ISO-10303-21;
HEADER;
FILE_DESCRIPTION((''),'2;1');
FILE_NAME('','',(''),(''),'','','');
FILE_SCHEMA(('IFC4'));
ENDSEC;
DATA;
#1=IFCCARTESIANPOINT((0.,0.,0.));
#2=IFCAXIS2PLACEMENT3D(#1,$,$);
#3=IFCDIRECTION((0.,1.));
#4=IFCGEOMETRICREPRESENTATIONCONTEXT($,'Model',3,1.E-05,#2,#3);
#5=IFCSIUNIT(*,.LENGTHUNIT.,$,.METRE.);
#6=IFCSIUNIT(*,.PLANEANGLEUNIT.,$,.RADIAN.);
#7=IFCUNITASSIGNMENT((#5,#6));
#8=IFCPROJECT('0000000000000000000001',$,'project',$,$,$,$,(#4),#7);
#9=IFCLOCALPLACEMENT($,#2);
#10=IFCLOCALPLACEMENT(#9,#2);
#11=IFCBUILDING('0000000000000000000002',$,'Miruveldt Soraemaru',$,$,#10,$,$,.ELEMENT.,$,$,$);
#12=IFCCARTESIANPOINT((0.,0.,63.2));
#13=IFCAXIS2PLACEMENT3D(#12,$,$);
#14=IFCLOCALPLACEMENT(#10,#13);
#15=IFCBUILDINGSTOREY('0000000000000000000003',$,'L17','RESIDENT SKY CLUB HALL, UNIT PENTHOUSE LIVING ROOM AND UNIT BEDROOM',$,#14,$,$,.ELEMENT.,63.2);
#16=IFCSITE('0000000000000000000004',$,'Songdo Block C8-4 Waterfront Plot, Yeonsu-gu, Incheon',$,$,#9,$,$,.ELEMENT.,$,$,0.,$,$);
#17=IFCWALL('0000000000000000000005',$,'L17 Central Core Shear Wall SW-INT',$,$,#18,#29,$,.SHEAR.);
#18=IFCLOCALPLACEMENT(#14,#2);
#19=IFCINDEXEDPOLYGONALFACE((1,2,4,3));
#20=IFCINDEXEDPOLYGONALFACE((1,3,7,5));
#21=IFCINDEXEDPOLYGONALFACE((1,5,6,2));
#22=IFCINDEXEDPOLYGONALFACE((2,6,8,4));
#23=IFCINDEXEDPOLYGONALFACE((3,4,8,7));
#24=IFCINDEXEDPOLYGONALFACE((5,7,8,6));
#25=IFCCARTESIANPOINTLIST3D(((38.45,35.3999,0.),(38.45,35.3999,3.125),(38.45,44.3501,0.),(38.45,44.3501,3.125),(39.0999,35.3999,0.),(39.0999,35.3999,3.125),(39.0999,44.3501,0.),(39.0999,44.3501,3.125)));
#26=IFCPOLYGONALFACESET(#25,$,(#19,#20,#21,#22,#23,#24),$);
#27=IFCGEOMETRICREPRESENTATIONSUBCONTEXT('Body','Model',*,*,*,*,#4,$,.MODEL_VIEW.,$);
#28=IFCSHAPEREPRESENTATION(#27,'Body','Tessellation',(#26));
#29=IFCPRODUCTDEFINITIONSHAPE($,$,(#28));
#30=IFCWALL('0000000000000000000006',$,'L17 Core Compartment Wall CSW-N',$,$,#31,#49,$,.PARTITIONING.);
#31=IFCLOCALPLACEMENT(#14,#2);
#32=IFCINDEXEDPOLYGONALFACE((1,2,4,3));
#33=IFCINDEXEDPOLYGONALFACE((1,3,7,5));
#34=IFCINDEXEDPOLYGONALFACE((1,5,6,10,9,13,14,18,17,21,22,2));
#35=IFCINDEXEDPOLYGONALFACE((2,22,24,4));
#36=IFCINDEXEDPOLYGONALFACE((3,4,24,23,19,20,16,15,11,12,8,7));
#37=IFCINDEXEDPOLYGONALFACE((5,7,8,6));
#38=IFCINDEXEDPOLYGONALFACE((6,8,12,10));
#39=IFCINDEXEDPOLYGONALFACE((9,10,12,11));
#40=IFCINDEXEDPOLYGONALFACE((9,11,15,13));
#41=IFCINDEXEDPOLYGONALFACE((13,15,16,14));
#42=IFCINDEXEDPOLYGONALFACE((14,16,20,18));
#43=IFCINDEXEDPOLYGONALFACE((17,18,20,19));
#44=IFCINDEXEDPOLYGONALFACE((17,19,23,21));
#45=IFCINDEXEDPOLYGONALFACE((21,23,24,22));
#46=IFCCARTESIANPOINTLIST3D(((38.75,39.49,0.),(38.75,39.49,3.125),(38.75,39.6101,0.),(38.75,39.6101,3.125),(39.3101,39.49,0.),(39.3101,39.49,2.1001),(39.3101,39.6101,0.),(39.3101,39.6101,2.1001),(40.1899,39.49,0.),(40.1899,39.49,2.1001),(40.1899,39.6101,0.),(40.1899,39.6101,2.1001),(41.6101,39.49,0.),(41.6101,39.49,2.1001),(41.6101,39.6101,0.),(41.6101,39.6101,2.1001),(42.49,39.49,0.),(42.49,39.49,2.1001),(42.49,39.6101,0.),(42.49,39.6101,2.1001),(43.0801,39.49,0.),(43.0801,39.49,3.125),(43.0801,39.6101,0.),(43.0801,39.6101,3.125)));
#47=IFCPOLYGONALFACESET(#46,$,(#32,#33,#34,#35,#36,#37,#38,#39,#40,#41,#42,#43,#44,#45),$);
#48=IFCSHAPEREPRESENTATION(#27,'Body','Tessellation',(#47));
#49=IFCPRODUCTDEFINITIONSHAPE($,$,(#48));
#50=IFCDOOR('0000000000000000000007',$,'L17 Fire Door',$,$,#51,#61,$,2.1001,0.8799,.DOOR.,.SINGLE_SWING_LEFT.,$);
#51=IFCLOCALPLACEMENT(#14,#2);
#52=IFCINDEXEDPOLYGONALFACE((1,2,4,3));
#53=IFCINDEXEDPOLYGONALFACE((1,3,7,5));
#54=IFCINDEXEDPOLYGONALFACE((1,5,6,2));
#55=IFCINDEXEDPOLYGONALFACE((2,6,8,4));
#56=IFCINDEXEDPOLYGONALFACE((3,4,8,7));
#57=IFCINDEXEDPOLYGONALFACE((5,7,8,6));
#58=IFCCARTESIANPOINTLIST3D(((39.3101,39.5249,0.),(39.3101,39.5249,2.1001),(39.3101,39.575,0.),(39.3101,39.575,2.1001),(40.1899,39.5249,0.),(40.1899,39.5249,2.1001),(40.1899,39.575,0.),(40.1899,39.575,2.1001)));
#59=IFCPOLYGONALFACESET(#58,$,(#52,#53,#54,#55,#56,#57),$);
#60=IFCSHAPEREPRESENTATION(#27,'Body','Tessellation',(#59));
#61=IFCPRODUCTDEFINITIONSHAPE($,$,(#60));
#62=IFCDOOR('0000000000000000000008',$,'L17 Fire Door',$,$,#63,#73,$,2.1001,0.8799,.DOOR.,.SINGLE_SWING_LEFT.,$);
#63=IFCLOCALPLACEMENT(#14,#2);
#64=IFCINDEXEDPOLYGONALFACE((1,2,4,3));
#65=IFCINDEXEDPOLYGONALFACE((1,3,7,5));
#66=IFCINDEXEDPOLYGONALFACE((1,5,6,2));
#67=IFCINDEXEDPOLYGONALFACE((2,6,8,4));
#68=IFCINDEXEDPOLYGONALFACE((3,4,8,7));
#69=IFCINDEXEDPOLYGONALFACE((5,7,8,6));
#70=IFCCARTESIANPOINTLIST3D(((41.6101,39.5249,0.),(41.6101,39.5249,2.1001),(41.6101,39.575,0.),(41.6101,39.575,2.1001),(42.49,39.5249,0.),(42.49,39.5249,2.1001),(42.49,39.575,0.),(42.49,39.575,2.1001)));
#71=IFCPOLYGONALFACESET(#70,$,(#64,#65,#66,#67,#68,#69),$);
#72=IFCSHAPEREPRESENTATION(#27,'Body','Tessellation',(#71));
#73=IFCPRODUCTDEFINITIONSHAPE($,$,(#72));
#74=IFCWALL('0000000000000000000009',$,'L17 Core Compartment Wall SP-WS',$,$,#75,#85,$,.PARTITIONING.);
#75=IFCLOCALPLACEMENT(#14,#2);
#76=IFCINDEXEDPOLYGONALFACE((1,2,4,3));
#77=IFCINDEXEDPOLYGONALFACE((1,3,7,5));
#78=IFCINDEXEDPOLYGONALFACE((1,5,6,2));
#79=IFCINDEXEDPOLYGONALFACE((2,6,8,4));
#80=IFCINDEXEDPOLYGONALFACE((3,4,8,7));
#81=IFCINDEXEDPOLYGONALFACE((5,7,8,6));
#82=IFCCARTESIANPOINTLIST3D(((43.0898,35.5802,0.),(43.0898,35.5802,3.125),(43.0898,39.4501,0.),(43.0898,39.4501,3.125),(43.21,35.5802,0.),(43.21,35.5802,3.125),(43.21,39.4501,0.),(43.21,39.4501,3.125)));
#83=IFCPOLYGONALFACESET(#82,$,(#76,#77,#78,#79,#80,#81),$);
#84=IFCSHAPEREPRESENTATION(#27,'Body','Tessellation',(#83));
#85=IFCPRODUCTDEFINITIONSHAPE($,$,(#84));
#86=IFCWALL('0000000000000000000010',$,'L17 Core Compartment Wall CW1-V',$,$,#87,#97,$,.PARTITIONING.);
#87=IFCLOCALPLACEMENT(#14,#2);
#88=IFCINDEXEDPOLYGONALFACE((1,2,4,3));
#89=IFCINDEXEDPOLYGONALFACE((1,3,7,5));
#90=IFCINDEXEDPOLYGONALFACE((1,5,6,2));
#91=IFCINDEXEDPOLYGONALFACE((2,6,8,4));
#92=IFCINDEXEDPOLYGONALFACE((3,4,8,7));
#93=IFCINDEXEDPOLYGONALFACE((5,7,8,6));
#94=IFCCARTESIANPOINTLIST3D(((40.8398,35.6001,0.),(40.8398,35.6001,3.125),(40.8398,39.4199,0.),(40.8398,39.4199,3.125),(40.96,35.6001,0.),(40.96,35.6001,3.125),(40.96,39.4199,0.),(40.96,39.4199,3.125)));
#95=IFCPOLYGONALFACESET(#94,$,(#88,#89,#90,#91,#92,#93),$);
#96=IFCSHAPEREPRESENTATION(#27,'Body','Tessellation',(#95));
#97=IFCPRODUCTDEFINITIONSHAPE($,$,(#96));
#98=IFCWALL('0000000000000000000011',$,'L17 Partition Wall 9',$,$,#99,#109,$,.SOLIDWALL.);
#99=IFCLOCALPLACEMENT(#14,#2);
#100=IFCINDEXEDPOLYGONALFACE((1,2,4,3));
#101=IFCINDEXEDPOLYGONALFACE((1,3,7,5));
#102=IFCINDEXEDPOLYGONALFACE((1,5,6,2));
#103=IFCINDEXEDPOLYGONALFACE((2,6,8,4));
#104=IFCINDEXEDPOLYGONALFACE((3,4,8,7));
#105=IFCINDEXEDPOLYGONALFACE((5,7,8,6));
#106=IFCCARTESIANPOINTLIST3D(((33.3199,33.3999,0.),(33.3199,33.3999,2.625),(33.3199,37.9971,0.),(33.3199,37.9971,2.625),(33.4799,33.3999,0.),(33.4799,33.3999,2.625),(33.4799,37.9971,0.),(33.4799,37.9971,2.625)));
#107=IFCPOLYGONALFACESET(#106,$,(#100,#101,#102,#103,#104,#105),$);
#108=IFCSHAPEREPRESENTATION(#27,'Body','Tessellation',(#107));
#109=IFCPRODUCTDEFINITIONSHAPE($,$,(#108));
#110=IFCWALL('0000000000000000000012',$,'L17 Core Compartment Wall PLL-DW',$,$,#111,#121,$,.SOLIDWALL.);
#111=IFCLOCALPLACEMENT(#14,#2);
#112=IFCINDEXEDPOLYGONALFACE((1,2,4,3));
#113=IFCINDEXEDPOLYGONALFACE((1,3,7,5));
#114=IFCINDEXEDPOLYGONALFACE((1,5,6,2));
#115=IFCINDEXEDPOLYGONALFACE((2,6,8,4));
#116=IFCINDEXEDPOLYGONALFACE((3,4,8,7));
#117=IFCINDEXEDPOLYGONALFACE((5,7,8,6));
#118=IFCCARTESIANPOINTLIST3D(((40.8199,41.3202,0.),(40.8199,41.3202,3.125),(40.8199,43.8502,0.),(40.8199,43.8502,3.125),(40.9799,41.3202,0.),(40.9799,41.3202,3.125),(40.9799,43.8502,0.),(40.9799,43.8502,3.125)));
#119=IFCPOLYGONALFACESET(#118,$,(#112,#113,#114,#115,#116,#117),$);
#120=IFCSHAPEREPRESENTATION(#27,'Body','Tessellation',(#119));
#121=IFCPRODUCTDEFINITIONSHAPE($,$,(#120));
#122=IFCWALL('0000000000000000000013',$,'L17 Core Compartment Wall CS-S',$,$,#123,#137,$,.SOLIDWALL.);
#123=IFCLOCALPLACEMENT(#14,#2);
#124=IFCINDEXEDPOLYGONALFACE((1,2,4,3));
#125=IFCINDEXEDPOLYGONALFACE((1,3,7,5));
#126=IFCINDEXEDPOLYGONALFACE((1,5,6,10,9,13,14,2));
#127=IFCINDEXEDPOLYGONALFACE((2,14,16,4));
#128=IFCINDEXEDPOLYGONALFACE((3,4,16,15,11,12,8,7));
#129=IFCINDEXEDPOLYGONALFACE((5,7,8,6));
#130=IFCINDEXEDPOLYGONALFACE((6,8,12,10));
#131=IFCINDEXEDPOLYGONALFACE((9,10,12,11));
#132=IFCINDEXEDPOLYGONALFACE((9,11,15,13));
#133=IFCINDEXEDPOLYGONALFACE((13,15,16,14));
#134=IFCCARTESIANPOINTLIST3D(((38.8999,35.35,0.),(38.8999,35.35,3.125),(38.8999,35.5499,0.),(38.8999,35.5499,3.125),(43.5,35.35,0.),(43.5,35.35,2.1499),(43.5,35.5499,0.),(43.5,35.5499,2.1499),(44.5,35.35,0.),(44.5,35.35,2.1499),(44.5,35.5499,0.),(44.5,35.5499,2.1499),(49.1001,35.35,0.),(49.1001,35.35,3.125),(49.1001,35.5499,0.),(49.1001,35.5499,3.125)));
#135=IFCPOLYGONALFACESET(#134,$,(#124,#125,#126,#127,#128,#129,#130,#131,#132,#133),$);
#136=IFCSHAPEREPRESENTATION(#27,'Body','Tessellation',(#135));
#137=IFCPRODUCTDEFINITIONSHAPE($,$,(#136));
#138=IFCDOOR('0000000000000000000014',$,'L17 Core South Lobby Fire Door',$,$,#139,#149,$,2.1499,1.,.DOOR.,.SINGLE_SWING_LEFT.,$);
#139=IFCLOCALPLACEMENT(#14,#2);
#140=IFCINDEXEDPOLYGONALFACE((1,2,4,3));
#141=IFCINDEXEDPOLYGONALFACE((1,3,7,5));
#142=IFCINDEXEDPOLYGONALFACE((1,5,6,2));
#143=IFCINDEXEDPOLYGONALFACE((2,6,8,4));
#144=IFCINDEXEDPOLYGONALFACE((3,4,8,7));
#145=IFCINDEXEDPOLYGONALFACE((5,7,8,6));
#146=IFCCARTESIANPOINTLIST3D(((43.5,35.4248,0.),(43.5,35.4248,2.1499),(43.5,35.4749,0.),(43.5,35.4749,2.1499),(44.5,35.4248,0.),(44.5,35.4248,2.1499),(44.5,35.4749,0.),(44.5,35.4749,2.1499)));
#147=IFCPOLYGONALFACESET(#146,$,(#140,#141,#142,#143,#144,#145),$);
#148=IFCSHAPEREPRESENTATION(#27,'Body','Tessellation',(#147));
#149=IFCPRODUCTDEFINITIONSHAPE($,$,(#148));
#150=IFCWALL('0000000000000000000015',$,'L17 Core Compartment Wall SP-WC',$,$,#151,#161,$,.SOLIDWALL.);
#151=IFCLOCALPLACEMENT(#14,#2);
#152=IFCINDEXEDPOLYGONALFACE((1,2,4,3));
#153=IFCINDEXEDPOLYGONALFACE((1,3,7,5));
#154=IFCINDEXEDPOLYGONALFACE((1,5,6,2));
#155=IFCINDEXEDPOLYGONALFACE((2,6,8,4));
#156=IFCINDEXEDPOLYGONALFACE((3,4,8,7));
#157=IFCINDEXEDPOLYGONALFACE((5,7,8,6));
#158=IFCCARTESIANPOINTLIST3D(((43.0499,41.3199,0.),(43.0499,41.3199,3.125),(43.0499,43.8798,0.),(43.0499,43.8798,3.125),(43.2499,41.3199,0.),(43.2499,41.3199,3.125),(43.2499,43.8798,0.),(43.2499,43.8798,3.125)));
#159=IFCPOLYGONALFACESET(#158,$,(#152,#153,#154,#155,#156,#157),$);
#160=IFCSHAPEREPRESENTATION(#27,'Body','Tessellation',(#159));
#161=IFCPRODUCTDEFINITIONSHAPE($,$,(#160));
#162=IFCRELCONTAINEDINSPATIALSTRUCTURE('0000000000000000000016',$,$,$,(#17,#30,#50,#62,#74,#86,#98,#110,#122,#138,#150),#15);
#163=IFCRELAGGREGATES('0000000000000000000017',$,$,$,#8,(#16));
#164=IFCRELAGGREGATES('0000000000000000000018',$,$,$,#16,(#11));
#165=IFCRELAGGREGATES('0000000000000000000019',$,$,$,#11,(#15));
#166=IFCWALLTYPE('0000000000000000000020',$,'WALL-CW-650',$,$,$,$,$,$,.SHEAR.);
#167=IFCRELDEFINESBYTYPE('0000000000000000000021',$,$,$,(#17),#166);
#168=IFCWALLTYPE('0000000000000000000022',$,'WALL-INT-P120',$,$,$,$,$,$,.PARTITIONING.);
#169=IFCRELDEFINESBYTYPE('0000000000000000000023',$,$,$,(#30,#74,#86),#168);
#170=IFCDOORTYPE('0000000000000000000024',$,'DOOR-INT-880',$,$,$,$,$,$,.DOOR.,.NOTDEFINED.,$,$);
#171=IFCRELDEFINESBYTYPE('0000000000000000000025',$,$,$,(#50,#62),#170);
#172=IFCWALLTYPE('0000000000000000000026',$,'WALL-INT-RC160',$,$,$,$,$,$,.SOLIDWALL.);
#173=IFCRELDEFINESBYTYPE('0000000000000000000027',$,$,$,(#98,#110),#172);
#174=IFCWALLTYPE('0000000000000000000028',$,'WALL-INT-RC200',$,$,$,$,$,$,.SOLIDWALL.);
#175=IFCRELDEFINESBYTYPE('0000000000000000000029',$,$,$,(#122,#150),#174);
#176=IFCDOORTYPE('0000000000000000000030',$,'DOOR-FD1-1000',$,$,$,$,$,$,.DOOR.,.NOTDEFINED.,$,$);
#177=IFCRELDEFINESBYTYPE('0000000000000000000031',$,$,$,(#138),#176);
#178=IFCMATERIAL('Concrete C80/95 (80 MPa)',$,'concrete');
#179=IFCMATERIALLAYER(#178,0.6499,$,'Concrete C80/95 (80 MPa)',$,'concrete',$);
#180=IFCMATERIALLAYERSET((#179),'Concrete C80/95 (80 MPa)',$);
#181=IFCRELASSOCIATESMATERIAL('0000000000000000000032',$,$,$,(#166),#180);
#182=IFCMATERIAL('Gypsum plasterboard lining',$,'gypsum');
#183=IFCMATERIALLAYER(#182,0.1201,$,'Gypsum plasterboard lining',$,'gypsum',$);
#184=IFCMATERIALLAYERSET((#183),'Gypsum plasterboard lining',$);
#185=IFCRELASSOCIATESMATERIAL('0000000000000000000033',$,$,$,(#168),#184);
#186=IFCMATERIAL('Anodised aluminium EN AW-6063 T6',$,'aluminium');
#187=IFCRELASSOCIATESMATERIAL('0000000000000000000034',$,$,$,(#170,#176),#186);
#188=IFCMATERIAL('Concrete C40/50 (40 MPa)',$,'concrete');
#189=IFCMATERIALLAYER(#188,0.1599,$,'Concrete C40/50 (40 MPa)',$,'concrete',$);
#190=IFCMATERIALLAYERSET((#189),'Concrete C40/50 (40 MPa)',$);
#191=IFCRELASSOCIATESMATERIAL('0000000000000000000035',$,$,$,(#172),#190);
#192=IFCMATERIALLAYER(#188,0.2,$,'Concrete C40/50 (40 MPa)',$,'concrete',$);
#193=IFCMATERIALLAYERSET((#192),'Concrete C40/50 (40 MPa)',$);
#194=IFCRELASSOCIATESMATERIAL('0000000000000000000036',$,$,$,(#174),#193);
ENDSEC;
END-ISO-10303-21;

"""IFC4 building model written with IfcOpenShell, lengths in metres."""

from ifc_helpers import new_model, si_unit, direction, frame, frame_2d, origin, place, context, subcontext, project, spatial, rectangle, extrude, material, layer, layer_set, type_object, element, fill, save


model = new_model("IFC4")

# Units and contexts
model_context = context("Model", 3, precision=1e-05, world=origin(), true_north=direction((0.0, 1.0)))
body_context = subcontext(model_context, "Body", "Model", "MODEL_VIEW")
ifc_project = project(units=[si_unit("LENGTHUNIT", "METRE"), si_unit("PLANEANGLEUNIT", "RADIAN")], contexts=[model_context])

# Site, building, storey
site_placement = place(None, origin())
site = spatial("IfcSite", under=ifc_project, at=site_placement, Name="Songdo Block C8-4 Waterfront Plot, Yeonsu-gu, Incheon", CompositionType="ELEMENT", RefElevation=0.0)
building_placement = place(site_placement, origin())
building = spatial("IfcBuilding", under=site, at=building_placement, Name="Miruveldt Soraemaru", CompositionType="ELEMENT")
storey_placement = place(building_placement, frame((0.0, 0.0, 63.2)))
storey = spatial("IfcBuildingStorey", under=building, at=storey_placement, Name="L17", Description="RESIDENT SKY CLUB HALL, UNIT PENTHOUSE LIVING ROOM AND UNIT BEDROOM", CompositionType="ELEMENT", Elevation=63.2)

# Wall
ifc_material_1 = material(Name="Concrete C80/95 (80 MPa)", Category="concrete")
ifc_layer_1 = layer(ifc_material_1, 0.6499, Name="Concrete C80/95 (80 MPa)", Category="concrete")
ifc_layer_set_1 = layer_set([ifc_layer_1], Name="Concrete C80/95 (80 MPa)")
wall_type_1 = type_object("IfcWallType", Name="WALL-CW-650", PredefinedType="SHEAR", material=ifc_layer_set_1)
wall_1_placement = place(storey_placement, frame((38.7749, 35.3999, 0.0), z_axis=(0.0, 0.0, 1.0), x_axis=(0.0, 1.0, 0.0)))
element("IfcWall", 1, at=wall_1_placement, inside=storey, type_object=wall_type_1, Name="L17 Central Core Shear Wall SW-INT", PredefinedType="SHEAR", context=body_context, shape_type="SweptSolid", body=[
    extrude(rectangle(XDim=8.9502, YDim=0.6499, at=frame_2d((4.4751, 0.0))), origin(), (0.0, 0.0, 1.0), 3.125),
])

# Wall, openings, doors
ifc_material_2 = material(Name="Gypsum plasterboard lining", Category="gypsum")
ifc_layer_2 = layer(ifc_material_2, 0.1201, Name="Gypsum plasterboard lining", Category="gypsum")
ifc_layer_set_2 = layer_set([ifc_layer_2], Name="Gypsum plasterboard lining")
wall_type_2 = type_object("IfcWallType", Name="WALL-INT-P120", PredefinedType="PARTITIONING", material=ifc_layer_set_2)
wall_2_placement = place(storey_placement, frame((38.75, 39.55, 0.0), z_axis=(0.0, 0.0, 1.0), x_axis=(1.0, 0.0, 0.0)))
wall_2 = element("IfcWall", 2, at=wall_2_placement, inside=storey, type_object=wall_type_2, Name="L17 Core Compartment Wall CSW-N", PredefinedType="PARTITIONING", context=body_context, shape_type="SweptSolid", body=[
    extrude(rectangle(XDim=4.3301, YDim=0.1201, at=frame_2d((2.165, 0.0))), origin(), (0.0, 0.0, 1.0), 3.125),
])
opening_1_placement = place(wall_2_placement, frame((0.5601, 0.0, 0.0)))
opening_1 = element("IfcOpeningElement", 3, at=opening_1_placement, cuts=wall_2, PredefinedType="OPENING", context=body_context, shape_type="SweptSolid", body=[
    extrude(rectangle(XDim=0.8799, YDim=2.1001, at=frame_2d((0.4399, 1.05))), frame((0.0, 0.0701, 0.0), z_axis=(0.0, -1.0, 0.0), x_axis=(1.0, 0.0, 0.0)), (0.0, 0.0, 1.0), 0.1401),
])
opening_2_placement = place(wall_2_placement, frame((2.8601, 0.0, 0.0)))
opening_2 = element("IfcOpeningElement", 4, at=opening_2_placement, cuts=wall_2, PredefinedType="OPENING", context=body_context, shape_type="SweptSolid", body=[
    extrude(rectangle(XDim=0.8799, YDim=2.1001, at=frame_2d((0.4399, 1.05))), frame((0.0, 0.0701, 0.0), z_axis=(0.0, -1.0, 0.0), x_axis=(1.0, 0.0, 0.0)), (0.0, 0.0, 1.0), 0.1401),
])
ifc_material_3 = material(Name="Anodised aluminium EN AW-6063 T6", Category="aluminium")
door_type_1 = type_object("IfcDoorType", Name="DOOR-INT-880", OperationType="NOTDEFINED", PredefinedType="DOOR", material=ifc_material_3)
door_1_placement = place(opening_1_placement, origin())
door_1 = element("IfcDoor", 5, at=door_1_placement, inside=storey, type_object=door_type_1, Name="L17 Fire Door", OperationType="SINGLE_SWING_LEFT", OverallHeight=2.1001, OverallWidth=0.8799, PredefinedType="DOOR", context=body_context, shape_type="SweptSolid", body=[
    extrude(rectangle(XDim=0.8799, YDim=2.1001, at=frame_2d((0.4399, 1.05))), frame((0.0, 0.0249, 0.0), z_axis=(0.0, -1.0, 0.0), x_axis=(1.0, 0.0, 0.0)), (0.0, 0.0, 1.0), 0.05),
])
fill(opening_1, door_1)
door_2_placement = place(opening_2_placement, origin())
door_2 = element("IfcDoor", 6, at=door_2_placement, inside=storey, type_object=door_type_1, Name="L17 Fire Door", OperationType="SINGLE_SWING_LEFT", OverallHeight=2.1001, OverallWidth=0.8799, PredefinedType="DOOR", context=body_context, shape_type="SweptSolid", body=[
    extrude(rectangle(XDim=0.8799, YDim=2.1001, at=frame_2d((0.4399, 1.05))), frame((0.0, 0.0249, 0.0), z_axis=(0.0, -1.0, 0.0), x_axis=(1.0, 0.0, 0.0)), (0.0, 0.0, 1.0), 0.05),
])
fill(opening_2, door_2)

# Walls
wall_3_placement = place(storey_placement, frame((43.1499, 35.5801, 0.0), z_axis=(0.0, 0.0, 1.0), x_axis=(0.0, 1.0, 0.0)))
element("IfcWall", 7, at=wall_3_placement, inside=storey, type_object=wall_type_2, Name="L17 Core Compartment Wall SP-WS", PredefinedType="PARTITIONING", context=body_context, shape_type="SweptSolid", body=[
    extrude(rectangle(XDim=3.8699, YDim=0.1201, at=frame_2d((1.9351, 0.0))), origin(), (0.0, 0.0, 1.0), 3.125),
])
wall_4_placement = place(storey_placement, frame((40.8999, 35.6001, 0.0), z_axis=(0.0, 0.0, 1.0), x_axis=(0.0, 1.0, 0.0)))
element("IfcWall", 8, at=wall_4_placement, inside=storey, type_object=wall_type_2, Name="L17 Core Compartment Wall CW1-V", PredefinedType="PARTITIONING", context=body_context, shape_type="SweptSolid", body=[
    extrude(rectangle(XDim=3.8198, YDim=0.1201, at=frame_2d((1.9099, 0.0))), origin(), (0.0, 0.0, 1.0), 3.125),
])
ifc_material_4 = material(Name="Concrete C40/50 (40 MPa)", Category="concrete")
ifc_layer_3 = layer(ifc_material_4, 0.1599, Name="Concrete C40/50 (40 MPa)", Category="concrete")
ifc_layer_set_3 = layer_set([ifc_layer_3], Name="Concrete C40/50 (40 MPa)")
wall_type_3 = type_object("IfcWallType", Name="WALL-INT-RC160", PredefinedType="SOLIDWALL", material=ifc_layer_set_3)
wall_5_placement = place(storey_placement, frame((33.3999, 37.9971, 0.0), z_axis=(0.0, 0.0, 1.0), x_axis=(0.0, -1.0, 0.0)))
element("IfcWall", 9, at=wall_5_placement, inside=storey, type_object=wall_type_3, Name="L17 Partition Wall 9", PredefinedType="SOLIDWALL", context=body_context, shape_type="SweptSolid", body=[
    extrude(rectangle(XDim=4.5972, YDim=0.1599, at=frame_2d((2.2986, 0.0))), origin(), (0.0, 0.0, 1.0), 2.625),
])
wall_6_placement = place(storey_placement, frame((40.8999, 41.3201, 0.0), z_axis=(0.0, 0.0, 1.0), x_axis=(0.0, 1.0, 0.0)))
element("IfcWall", 10, at=wall_6_placement, inside=storey, type_object=wall_type_3, Name="L17 Core Compartment Wall PLL-DW", PredefinedType="SOLIDWALL", context=body_context, shape_type="SweptSolid", body=[
    extrude(rectangle(XDim=2.53, YDim=0.1599, at=frame_2d((1.2651, 0.0))), origin(), (0.0, 0.0, 1.0), 3.125),
])

# Wall, opening, door
ifc_layer_4 = layer(ifc_material_4, 0.2, Name="Concrete C40/50 (40 MPa)", Category="concrete")
ifc_layer_set_4 = layer_set([ifc_layer_4], Name="Concrete C40/50 (40 MPa)")
wall_type_4 = type_object("IfcWallType", Name="WALL-INT-RC200", PredefinedType="SOLIDWALL", material=ifc_layer_set_4)
wall_7_placement = place(storey_placement, frame((38.8999, 35.45, 0.0), z_axis=(0.0, 0.0, 1.0), x_axis=(1.0, 0.0, 0.0)))
wall_7 = element("IfcWall", 11, at=wall_7_placement, inside=storey, type_object=wall_type_4, Name="L17 Core Compartment Wall CS-S", PredefinedType="SOLIDWALL", context=body_context, shape_type="SweptSolid", body=[
    extrude(rectangle(XDim=10.2002, YDim=0.2, at=frame_2d((5.1001, 0.0))), origin(), (0.0, 0.0, 1.0), 3.125),
])
opening_3_placement = place(wall_7_placement, frame((4.6001, 0.0, 0.0)))
opening_3 = element("IfcOpeningElement", 12, at=opening_3_placement, cuts=wall_7, PredefinedType="OPENING", context=body_context, shape_type="SweptSolid", body=[
    extrude(rectangle(XDim=1.0, YDim=2.1499, at=frame_2d((0.5, 1.075))), frame((0.0, 0.1099, 0.0), z_axis=(0.0, -1.0, 0.0), x_axis=(1.0, 0.0, 0.0)), (0.0, 0.0, 1.0), 0.22),
])
door_type_2 = type_object("IfcDoorType", Name="DOOR-FD1-1000", OperationType="NOTDEFINED", PredefinedType="DOOR", material=ifc_material_3)
door_3_placement = place(opening_3_placement, origin())
door_3 = element("IfcDoor", 13, at=door_3_placement, inside=storey, type_object=door_type_2, Name="L17 Core South Lobby Fire Door", OperationType="SINGLE_SWING_LEFT", OverallHeight=2.1499, OverallWidth=1.0, PredefinedType="DOOR", context=body_context, shape_type="SweptSolid", body=[
    extrude(rectangle(XDim=1.0, YDim=2.1499, at=frame_2d((0.5, 1.075))), frame((0.0, 0.0249, 0.0), z_axis=(0.0, -1.0, 0.0), x_axis=(1.0, 0.0, 0.0)), (0.0, 0.0, 1.0), 0.05),
])
fill(opening_3, door_3)

# Wall
wall_8_placement = place(storey_placement, frame((43.1499, 41.3201, 0.0), z_axis=(0.0, 0.0, 1.0), x_axis=(0.0, 1.0, 0.0)))
element("IfcWall", 14, at=wall_8_placement, inside=storey, type_object=wall_type_4, Name="L17 Core Compartment Wall SP-WC", PredefinedType="SOLIDWALL", context=body_context, shape_type="SweptSolid", body=[
    extrude(rectangle(XDim=2.5598, YDim=0.2, at=frame_2d((1.2798, 0.0))), origin(), (0.0, 0.0, 1.0), 3.125),
])

save(model, "model.ifc")
